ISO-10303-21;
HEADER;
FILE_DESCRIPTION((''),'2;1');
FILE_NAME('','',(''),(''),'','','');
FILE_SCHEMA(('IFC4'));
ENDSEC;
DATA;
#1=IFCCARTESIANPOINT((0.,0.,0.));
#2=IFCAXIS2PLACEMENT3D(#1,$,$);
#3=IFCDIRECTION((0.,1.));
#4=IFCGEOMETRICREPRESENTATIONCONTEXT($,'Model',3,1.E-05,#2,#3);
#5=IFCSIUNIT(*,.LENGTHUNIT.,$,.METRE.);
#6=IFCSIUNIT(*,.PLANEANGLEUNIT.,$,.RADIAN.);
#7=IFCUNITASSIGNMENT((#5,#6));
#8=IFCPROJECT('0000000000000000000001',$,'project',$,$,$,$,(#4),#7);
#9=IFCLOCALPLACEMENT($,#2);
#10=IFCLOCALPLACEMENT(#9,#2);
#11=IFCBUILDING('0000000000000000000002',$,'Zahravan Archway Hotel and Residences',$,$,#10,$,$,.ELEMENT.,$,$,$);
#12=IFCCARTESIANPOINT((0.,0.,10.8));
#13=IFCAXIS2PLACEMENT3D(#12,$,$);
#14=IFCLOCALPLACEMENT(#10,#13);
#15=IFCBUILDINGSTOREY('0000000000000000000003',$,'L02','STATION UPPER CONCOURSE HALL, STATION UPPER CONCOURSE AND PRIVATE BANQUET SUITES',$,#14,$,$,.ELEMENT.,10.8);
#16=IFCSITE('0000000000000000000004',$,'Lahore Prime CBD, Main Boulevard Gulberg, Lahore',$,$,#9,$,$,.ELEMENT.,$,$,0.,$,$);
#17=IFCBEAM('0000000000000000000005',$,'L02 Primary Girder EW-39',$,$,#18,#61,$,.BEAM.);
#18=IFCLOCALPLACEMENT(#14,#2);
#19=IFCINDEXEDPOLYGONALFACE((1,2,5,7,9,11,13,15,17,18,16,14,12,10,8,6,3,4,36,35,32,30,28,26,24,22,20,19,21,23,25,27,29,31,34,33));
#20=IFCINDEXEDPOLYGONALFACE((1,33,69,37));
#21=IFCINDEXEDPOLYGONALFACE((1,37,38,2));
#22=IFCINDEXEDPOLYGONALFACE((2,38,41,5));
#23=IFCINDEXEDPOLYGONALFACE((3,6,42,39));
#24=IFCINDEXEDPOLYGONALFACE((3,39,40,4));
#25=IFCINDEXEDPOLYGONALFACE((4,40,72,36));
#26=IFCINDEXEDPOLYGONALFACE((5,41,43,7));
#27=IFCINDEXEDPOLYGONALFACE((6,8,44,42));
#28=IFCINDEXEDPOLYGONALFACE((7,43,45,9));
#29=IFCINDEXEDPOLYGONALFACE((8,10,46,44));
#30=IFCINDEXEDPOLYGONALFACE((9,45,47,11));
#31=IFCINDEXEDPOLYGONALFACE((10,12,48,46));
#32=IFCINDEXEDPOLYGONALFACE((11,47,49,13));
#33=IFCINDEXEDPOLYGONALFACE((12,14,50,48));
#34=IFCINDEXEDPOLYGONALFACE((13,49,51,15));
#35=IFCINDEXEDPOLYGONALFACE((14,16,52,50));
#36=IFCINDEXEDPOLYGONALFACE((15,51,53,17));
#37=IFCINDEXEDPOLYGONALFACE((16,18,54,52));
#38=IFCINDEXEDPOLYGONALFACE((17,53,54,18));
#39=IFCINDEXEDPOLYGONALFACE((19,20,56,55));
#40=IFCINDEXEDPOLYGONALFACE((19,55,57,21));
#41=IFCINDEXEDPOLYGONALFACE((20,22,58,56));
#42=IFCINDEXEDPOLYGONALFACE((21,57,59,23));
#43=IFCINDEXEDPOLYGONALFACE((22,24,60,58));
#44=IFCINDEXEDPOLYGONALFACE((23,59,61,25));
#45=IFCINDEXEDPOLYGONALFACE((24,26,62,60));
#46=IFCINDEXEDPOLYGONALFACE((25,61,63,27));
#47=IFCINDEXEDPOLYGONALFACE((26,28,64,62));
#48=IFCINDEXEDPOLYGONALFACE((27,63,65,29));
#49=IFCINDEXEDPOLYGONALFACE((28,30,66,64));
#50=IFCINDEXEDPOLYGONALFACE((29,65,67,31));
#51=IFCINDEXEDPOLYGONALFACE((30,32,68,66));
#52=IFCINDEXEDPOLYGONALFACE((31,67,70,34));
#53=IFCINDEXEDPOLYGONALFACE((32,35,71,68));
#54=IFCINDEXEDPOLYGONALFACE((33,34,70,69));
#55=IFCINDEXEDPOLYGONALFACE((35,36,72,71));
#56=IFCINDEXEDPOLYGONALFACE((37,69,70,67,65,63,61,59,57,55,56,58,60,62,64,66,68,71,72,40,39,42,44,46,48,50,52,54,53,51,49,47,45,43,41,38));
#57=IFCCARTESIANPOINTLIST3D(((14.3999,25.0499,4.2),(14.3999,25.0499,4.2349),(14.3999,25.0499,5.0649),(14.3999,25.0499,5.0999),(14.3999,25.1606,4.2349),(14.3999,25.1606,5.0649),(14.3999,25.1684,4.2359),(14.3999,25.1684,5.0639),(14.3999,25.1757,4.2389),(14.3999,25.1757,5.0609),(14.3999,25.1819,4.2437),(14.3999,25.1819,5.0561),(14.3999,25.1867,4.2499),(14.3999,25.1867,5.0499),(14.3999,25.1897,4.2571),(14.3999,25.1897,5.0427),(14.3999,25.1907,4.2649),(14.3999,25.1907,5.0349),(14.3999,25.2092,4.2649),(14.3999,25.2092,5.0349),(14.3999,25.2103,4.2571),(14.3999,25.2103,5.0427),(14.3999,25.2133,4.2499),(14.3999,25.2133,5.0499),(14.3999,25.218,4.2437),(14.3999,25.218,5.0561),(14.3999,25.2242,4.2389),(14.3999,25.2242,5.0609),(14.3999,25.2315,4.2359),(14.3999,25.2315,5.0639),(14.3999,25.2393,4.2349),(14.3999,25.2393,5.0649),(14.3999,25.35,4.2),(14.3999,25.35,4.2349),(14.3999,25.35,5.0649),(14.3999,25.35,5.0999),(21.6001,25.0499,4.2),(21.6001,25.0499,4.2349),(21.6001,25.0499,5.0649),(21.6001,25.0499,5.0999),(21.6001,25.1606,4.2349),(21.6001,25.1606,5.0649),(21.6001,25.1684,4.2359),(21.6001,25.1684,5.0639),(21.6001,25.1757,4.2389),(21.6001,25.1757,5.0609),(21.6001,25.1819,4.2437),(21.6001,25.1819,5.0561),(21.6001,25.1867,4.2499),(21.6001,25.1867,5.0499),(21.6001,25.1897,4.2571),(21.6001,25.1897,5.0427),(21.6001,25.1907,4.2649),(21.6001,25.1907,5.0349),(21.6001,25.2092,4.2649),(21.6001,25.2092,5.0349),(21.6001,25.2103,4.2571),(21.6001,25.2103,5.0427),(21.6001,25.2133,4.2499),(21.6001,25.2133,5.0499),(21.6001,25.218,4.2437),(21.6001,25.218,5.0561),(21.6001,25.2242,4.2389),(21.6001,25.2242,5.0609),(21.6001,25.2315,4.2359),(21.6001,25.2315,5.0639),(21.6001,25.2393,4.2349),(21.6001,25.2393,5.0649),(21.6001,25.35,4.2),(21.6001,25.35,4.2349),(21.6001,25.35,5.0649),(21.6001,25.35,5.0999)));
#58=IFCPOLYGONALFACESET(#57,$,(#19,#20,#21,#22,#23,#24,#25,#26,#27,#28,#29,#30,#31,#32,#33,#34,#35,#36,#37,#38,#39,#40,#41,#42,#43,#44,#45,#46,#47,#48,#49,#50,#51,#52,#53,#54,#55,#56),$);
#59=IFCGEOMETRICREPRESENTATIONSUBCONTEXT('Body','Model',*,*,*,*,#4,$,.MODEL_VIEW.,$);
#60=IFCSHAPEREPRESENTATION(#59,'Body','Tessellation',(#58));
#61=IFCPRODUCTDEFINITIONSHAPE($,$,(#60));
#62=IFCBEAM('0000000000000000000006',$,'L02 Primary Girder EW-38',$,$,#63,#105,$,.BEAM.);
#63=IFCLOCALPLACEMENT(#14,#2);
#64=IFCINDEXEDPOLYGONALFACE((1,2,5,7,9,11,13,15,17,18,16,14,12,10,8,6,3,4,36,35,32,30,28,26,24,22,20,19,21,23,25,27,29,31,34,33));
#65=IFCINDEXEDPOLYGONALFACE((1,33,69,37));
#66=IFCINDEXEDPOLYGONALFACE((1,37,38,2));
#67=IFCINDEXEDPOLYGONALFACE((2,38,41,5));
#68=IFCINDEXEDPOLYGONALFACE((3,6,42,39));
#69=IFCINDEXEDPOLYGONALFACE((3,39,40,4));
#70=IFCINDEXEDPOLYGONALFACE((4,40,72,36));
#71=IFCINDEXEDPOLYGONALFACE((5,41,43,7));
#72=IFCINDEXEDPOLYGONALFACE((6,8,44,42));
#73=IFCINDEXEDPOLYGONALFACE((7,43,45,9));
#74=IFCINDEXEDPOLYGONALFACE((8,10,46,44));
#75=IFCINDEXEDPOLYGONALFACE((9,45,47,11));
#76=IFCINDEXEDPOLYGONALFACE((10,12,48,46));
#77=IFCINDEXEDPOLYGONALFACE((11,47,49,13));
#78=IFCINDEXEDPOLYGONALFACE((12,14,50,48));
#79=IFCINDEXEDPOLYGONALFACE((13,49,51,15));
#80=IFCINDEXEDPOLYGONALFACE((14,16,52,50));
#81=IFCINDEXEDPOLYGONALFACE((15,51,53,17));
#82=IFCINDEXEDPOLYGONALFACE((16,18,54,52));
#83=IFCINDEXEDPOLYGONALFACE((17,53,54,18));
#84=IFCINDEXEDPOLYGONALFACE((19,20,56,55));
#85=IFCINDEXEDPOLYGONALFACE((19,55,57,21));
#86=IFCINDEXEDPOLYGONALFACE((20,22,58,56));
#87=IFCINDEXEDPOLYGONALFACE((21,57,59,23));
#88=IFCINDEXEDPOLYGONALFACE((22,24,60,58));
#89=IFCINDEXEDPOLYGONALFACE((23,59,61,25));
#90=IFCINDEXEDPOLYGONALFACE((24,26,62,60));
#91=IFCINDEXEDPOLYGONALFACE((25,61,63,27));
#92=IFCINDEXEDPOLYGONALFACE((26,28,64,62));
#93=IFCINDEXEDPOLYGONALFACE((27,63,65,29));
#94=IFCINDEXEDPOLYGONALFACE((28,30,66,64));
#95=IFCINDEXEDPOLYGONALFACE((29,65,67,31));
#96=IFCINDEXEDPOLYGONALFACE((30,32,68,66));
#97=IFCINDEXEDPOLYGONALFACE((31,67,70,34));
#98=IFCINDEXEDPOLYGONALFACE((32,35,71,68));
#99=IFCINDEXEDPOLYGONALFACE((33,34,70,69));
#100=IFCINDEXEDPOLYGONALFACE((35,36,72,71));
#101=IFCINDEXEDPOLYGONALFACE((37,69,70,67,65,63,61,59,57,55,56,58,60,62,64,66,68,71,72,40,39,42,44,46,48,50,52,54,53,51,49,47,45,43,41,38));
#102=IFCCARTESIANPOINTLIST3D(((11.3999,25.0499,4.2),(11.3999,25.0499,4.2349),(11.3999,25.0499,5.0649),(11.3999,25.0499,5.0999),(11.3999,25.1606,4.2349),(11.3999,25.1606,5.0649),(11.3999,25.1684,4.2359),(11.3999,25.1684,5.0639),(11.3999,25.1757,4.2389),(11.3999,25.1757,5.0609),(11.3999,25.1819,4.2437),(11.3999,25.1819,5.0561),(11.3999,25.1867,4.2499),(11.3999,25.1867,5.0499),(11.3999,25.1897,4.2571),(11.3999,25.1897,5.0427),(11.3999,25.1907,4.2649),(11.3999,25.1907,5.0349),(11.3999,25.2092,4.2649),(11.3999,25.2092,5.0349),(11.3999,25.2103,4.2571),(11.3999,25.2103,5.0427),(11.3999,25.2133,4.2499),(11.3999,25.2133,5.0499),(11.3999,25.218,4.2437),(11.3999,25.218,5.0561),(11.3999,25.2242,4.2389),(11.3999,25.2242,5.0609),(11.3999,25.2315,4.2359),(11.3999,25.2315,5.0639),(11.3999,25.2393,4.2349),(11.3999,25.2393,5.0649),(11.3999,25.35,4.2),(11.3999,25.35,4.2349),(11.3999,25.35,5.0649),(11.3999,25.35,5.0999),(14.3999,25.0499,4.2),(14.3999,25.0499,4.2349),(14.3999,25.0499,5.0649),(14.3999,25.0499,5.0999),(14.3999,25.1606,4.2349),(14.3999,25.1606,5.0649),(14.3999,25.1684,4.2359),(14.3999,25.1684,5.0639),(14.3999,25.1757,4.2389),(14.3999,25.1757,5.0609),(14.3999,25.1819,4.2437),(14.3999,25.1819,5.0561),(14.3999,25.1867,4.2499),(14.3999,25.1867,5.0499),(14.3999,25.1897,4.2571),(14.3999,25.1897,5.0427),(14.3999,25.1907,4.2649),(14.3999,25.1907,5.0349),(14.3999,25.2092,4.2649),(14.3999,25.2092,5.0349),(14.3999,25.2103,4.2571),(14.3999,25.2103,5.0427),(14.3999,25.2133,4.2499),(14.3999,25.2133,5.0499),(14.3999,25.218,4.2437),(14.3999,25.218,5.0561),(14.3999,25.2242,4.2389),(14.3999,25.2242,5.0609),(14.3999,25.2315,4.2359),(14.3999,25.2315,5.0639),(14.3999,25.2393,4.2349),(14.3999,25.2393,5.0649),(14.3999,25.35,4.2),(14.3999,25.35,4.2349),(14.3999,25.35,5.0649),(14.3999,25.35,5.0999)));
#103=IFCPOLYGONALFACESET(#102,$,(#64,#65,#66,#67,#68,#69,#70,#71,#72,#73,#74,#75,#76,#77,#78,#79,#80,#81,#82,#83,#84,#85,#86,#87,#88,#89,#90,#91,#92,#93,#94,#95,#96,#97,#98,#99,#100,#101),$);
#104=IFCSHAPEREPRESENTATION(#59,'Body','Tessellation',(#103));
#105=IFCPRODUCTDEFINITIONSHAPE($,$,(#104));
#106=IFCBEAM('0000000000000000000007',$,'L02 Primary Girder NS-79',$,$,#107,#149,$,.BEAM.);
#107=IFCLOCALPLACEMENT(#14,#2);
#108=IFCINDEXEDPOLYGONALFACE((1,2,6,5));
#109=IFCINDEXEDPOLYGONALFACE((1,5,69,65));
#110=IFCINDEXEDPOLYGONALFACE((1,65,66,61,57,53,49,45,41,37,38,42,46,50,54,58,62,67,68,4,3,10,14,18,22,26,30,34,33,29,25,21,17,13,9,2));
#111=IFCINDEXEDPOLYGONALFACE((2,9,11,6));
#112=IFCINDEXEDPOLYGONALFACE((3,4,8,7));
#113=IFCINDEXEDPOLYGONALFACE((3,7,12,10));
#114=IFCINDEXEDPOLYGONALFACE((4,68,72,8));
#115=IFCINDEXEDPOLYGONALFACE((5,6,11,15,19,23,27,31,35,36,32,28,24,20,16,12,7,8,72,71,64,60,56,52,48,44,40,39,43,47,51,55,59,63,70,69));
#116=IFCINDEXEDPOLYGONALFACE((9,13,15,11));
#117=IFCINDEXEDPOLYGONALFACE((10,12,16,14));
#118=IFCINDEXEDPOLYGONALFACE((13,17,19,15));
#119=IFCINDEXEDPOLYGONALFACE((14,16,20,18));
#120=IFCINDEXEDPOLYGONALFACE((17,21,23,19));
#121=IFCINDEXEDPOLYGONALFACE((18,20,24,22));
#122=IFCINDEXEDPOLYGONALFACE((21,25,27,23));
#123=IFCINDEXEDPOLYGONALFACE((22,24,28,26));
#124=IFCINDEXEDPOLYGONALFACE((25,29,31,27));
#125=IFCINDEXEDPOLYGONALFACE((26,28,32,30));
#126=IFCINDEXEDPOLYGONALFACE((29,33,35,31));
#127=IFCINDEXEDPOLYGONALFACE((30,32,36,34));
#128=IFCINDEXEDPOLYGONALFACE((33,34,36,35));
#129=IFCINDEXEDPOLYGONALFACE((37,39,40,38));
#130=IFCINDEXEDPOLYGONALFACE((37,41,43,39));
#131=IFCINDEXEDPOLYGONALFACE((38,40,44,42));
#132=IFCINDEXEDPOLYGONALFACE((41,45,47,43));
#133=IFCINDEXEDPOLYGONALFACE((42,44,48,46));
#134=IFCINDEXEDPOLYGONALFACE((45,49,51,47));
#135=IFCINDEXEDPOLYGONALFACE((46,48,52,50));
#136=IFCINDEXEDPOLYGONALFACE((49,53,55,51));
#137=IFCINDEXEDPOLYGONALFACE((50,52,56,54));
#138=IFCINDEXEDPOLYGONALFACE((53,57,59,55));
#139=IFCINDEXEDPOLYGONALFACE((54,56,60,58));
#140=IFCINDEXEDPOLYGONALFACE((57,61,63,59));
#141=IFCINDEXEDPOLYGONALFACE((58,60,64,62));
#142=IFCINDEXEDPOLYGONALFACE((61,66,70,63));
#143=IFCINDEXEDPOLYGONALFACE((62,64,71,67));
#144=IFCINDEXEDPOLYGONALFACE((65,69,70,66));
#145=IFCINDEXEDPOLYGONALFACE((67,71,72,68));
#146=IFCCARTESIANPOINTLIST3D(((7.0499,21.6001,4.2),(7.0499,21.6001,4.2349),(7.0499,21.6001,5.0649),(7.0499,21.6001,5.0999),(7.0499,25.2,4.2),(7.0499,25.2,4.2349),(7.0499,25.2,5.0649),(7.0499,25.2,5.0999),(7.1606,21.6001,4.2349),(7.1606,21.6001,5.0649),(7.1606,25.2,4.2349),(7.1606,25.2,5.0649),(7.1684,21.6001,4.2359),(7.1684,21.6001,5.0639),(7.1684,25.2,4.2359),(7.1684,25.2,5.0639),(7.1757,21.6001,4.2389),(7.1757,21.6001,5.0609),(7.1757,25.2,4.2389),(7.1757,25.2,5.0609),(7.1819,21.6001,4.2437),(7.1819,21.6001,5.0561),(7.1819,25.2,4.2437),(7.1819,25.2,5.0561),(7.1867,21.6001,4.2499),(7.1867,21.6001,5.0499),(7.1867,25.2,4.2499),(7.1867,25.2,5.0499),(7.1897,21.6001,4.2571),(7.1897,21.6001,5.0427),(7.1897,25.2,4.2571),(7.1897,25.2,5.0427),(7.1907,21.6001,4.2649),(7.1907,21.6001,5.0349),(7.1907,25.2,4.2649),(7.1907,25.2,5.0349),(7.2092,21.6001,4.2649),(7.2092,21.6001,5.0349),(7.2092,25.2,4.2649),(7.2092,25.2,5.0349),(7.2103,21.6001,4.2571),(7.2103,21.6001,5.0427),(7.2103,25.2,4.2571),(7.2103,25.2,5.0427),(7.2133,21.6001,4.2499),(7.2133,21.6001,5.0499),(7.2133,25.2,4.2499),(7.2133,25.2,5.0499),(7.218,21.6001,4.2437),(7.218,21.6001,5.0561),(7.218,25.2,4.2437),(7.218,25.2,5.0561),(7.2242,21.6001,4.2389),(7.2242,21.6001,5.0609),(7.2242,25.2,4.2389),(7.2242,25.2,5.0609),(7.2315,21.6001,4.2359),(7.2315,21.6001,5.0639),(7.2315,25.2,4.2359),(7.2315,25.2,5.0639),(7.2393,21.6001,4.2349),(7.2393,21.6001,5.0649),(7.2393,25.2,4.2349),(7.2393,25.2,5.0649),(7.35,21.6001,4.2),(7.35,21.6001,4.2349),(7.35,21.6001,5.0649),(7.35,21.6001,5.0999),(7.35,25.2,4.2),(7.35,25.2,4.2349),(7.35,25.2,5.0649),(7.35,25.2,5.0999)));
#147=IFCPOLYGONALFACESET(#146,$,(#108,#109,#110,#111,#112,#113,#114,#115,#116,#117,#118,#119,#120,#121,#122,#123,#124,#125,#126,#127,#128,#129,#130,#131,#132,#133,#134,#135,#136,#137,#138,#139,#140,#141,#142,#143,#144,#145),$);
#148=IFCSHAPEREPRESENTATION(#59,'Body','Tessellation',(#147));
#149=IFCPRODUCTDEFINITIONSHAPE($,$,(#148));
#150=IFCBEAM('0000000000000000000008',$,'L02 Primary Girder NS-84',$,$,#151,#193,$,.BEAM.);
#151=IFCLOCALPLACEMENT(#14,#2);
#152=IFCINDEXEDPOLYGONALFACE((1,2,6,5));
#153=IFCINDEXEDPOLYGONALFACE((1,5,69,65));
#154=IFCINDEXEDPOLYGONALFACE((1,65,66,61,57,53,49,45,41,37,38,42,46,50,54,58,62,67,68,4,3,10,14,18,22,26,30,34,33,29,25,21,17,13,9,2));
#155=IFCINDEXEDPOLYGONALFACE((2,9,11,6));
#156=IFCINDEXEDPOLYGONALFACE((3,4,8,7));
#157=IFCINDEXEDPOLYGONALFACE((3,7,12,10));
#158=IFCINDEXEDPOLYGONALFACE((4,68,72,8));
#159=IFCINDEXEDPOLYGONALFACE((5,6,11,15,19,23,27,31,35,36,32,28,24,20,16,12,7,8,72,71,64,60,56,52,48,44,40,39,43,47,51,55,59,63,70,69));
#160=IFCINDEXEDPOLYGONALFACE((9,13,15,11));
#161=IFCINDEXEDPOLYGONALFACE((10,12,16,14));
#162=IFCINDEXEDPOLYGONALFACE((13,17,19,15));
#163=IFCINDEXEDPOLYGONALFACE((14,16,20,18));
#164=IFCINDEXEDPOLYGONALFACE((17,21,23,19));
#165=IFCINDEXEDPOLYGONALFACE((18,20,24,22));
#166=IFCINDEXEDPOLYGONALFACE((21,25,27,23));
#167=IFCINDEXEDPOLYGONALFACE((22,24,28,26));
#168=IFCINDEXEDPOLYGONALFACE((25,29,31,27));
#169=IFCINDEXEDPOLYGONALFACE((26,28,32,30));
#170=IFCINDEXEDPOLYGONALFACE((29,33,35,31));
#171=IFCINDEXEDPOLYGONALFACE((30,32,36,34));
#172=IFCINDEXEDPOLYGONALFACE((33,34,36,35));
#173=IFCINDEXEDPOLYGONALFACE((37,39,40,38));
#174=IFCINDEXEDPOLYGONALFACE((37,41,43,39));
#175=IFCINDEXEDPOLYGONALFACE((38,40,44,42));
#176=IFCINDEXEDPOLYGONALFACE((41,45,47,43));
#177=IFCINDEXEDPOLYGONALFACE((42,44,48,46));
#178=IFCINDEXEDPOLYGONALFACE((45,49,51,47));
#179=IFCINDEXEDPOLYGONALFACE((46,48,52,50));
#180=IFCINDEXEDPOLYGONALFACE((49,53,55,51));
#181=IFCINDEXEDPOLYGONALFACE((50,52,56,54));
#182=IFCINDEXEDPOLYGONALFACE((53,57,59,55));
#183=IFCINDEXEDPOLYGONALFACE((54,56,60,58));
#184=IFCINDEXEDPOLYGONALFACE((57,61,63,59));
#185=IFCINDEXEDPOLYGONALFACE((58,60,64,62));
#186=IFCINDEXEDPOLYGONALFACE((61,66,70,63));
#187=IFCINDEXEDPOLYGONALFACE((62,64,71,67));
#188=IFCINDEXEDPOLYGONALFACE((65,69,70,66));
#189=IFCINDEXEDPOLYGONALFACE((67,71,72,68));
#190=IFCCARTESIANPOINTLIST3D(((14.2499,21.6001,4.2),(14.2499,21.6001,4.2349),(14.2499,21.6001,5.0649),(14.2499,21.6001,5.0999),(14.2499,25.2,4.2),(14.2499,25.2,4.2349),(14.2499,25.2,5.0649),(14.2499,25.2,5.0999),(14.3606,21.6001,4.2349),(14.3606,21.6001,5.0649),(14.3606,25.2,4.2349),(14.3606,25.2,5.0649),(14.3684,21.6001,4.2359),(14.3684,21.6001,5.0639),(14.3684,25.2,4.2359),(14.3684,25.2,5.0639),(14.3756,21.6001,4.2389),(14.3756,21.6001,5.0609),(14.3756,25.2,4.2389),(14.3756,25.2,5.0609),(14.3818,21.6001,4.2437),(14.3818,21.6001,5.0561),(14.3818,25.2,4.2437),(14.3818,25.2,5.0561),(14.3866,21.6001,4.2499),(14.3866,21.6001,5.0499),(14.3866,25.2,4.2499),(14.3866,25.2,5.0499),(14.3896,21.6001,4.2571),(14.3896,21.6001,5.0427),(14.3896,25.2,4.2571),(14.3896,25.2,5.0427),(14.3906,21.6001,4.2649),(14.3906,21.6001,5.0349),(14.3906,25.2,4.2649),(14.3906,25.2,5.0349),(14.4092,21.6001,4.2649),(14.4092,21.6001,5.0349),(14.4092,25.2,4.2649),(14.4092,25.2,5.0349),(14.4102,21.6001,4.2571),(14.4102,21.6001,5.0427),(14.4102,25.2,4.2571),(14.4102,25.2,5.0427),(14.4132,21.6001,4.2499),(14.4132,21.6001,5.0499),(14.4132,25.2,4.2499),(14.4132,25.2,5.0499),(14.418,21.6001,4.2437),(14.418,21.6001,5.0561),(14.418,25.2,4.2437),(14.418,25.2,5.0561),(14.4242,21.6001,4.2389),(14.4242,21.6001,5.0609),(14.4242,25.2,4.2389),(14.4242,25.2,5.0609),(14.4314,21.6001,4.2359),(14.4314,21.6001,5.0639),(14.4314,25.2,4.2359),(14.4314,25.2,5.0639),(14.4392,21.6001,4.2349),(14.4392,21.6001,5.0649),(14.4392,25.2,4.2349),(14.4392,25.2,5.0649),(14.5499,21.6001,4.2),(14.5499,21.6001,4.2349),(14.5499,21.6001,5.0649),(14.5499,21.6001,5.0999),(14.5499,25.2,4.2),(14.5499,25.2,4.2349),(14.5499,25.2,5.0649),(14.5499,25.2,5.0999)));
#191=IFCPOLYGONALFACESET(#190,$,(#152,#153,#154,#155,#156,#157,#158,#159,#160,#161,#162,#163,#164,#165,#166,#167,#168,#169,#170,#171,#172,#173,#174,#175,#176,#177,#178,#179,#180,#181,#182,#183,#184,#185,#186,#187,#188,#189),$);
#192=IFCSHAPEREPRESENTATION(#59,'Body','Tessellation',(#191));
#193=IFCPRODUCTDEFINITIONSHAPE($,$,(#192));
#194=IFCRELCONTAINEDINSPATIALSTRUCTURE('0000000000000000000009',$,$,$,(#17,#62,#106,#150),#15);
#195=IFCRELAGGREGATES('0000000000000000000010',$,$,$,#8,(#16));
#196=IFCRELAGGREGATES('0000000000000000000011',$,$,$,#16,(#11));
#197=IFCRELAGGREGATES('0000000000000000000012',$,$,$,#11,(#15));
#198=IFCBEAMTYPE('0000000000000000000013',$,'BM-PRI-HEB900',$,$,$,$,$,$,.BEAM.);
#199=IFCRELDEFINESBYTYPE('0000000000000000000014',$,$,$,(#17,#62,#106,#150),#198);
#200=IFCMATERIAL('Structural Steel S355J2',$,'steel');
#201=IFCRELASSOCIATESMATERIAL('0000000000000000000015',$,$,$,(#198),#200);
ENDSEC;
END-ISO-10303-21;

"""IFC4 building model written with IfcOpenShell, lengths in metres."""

from ifc_helpers import new_model, si_unit, direction, frame, origin, origin_2d, place, context, subcontext, project, spatial, i_section, extrude, source, transform, mapped, material, material_profile, profile_set, type_object, element, save


model = new_model("IFC4")

# Units and contexts
model_context = context("Model", 3, precision=1e-05, world=origin(), true_north=direction((0.0, 1.0)))
body_context = subcontext(model_context, "Body", "Model", "MODEL_VIEW")
ifc_project = project(units=[si_unit("LENGTHUNIT", "METRE"), si_unit("PLANEANGLEUNIT", "RADIAN")], contexts=[model_context])

# Site, building, storey
site_placement = place(None, origin())
site = spatial("IfcSite", under=ifc_project, at=site_placement, Name="Lahore Prime CBD, Main Boulevard Gulberg, Lahore", CompositionType="ELEMENT", RefElevation=0.0)
building_placement = place(site_placement, origin())
building = spatial("IfcBuilding", under=site, at=building_placement, Name="Zahravan Archway Hotel and Residences", CompositionType="ELEMENT")
storey_placement = place(building_placement, frame((0.0, 0.0, 10.8)))
storey = spatial("IfcBuildingStorey", under=building, at=storey_placement, Name="L02", Description="STATION UPPER CONCOURSE HALL, STATION UPPER CONCOURSE AND PRIVATE BANQUET SUITES", CompositionType="ELEMENT", Elevation=10.8)

# Beams
ifc_material_1 = material(Name="Structural Steel S355J2", Category="steel")
ifc_material_profile_1 = material_profile(ifc_material_1, i_section(OverallWidth=0.3, OverallDepth=0.8999, WebThickness=0.0186, FlangeThickness=0.0349, FilletRadius=0.03, at=origin_2d()), Name="HEB 900", Category="steel")
ifc_profile_set_1 = profile_set([ifc_material_profile_1], Name="Structural Steel S355J2")
beam_type = type_object("IfcBeamType", Name="BM-PRI-HEB900", PredefinedType="BEAM", material=ifc_profile_set_1)
shared_shape_1 = source(origin(), body_context, "Body", "SweptSolid", [
    extrude(i_section(OverallWidth=0.3, OverallDepth=0.8999, WebThickness=0.0186, FlangeThickness=0.0349, FilletRadius=0.03, at=origin_2d()), origin(), (0.0, 0.0, 1.0), 7.2002),
])
for number, where, z_axis, x_axis, name in (
    (1, (14.3999, 25.2, 4.6499), (1.0, 0.0, 0.0), (0.0, 1.0, 0.0), "L02 Primary Girder EW-39"),
):
    element("IfcBeam", number, at=place(storey_placement, frame(where, z_axis=z_axis, x_axis=x_axis)), inside=storey, type_object=beam_type, Name=name, PredefinedType="BEAM", context=body_context, shape_type="MappedRepresentation", body=[
        mapped(shared_shape_1, transform((0.0, 0.0, 0.0), scale=1.0)),
    ])
shared_shape_2 = source(origin(), body_context, "Body", "SweptSolid", [
    extrude(i_section(OverallWidth=0.3, OverallDepth=0.8999, WebThickness=0.0186, FlangeThickness=0.0349, FilletRadius=0.03, at=origin_2d()), origin(), (0.0, 0.0, 1.0), 3.0),
])
beam_placement = place(storey_placement, frame((11.3999, 25.2, 4.6499), z_axis=(1.0, 0.0, 0.0), x_axis=(0.0, 1.0, 0.0)))
element("IfcBeam", 2, at=beam_placement, inside=storey, type_object=beam_type, Name="L02 Primary Girder EW-38", PredefinedType="BEAM", context=body_context, shape_type="MappedRepresentation", body=[
    mapped(shared_shape_2, transform((0.0, 0.0, 0.0), scale=1.0)),
])
shared_shape_3 = source(origin(), body_context, "Body", "SweptSolid", [
    extrude(i_section(OverallWidth=0.3, OverallDepth=0.8999, WebThickness=0.0186, FlangeThickness=0.0349, FilletRadius=0.03, at=origin_2d()), origin(), (0.0, 0.0, 1.0), 3.5999),
])
for number, where, z_axis, x_axis, name in (
    (3, (7.2, 21.6001, 4.6499), (0.0, 1.0, 0.0), (-1.0, 0.0, 0.0), "L02 Primary Girder NS-79"),
    (4, (14.3999, 21.6001, 4.6499), (0.0, 1.0, 0.0), (-1.0, 0.0, 0.0), "L02 Primary Girder NS-84"),
):
    element("IfcBeam", number, at=place(storey_placement, frame(where, z_axis=z_axis, x_axis=x_axis)), inside=storey, type_object=beam_type, Name=name, PredefinedType="BEAM", context=body_context, shape_type="MappedRepresentation", body=[
        mapped(shared_shape_3, transform((0.0, 0.0, 0.0), scale=1.0)),
    ])

save(model, "model.ifc")
